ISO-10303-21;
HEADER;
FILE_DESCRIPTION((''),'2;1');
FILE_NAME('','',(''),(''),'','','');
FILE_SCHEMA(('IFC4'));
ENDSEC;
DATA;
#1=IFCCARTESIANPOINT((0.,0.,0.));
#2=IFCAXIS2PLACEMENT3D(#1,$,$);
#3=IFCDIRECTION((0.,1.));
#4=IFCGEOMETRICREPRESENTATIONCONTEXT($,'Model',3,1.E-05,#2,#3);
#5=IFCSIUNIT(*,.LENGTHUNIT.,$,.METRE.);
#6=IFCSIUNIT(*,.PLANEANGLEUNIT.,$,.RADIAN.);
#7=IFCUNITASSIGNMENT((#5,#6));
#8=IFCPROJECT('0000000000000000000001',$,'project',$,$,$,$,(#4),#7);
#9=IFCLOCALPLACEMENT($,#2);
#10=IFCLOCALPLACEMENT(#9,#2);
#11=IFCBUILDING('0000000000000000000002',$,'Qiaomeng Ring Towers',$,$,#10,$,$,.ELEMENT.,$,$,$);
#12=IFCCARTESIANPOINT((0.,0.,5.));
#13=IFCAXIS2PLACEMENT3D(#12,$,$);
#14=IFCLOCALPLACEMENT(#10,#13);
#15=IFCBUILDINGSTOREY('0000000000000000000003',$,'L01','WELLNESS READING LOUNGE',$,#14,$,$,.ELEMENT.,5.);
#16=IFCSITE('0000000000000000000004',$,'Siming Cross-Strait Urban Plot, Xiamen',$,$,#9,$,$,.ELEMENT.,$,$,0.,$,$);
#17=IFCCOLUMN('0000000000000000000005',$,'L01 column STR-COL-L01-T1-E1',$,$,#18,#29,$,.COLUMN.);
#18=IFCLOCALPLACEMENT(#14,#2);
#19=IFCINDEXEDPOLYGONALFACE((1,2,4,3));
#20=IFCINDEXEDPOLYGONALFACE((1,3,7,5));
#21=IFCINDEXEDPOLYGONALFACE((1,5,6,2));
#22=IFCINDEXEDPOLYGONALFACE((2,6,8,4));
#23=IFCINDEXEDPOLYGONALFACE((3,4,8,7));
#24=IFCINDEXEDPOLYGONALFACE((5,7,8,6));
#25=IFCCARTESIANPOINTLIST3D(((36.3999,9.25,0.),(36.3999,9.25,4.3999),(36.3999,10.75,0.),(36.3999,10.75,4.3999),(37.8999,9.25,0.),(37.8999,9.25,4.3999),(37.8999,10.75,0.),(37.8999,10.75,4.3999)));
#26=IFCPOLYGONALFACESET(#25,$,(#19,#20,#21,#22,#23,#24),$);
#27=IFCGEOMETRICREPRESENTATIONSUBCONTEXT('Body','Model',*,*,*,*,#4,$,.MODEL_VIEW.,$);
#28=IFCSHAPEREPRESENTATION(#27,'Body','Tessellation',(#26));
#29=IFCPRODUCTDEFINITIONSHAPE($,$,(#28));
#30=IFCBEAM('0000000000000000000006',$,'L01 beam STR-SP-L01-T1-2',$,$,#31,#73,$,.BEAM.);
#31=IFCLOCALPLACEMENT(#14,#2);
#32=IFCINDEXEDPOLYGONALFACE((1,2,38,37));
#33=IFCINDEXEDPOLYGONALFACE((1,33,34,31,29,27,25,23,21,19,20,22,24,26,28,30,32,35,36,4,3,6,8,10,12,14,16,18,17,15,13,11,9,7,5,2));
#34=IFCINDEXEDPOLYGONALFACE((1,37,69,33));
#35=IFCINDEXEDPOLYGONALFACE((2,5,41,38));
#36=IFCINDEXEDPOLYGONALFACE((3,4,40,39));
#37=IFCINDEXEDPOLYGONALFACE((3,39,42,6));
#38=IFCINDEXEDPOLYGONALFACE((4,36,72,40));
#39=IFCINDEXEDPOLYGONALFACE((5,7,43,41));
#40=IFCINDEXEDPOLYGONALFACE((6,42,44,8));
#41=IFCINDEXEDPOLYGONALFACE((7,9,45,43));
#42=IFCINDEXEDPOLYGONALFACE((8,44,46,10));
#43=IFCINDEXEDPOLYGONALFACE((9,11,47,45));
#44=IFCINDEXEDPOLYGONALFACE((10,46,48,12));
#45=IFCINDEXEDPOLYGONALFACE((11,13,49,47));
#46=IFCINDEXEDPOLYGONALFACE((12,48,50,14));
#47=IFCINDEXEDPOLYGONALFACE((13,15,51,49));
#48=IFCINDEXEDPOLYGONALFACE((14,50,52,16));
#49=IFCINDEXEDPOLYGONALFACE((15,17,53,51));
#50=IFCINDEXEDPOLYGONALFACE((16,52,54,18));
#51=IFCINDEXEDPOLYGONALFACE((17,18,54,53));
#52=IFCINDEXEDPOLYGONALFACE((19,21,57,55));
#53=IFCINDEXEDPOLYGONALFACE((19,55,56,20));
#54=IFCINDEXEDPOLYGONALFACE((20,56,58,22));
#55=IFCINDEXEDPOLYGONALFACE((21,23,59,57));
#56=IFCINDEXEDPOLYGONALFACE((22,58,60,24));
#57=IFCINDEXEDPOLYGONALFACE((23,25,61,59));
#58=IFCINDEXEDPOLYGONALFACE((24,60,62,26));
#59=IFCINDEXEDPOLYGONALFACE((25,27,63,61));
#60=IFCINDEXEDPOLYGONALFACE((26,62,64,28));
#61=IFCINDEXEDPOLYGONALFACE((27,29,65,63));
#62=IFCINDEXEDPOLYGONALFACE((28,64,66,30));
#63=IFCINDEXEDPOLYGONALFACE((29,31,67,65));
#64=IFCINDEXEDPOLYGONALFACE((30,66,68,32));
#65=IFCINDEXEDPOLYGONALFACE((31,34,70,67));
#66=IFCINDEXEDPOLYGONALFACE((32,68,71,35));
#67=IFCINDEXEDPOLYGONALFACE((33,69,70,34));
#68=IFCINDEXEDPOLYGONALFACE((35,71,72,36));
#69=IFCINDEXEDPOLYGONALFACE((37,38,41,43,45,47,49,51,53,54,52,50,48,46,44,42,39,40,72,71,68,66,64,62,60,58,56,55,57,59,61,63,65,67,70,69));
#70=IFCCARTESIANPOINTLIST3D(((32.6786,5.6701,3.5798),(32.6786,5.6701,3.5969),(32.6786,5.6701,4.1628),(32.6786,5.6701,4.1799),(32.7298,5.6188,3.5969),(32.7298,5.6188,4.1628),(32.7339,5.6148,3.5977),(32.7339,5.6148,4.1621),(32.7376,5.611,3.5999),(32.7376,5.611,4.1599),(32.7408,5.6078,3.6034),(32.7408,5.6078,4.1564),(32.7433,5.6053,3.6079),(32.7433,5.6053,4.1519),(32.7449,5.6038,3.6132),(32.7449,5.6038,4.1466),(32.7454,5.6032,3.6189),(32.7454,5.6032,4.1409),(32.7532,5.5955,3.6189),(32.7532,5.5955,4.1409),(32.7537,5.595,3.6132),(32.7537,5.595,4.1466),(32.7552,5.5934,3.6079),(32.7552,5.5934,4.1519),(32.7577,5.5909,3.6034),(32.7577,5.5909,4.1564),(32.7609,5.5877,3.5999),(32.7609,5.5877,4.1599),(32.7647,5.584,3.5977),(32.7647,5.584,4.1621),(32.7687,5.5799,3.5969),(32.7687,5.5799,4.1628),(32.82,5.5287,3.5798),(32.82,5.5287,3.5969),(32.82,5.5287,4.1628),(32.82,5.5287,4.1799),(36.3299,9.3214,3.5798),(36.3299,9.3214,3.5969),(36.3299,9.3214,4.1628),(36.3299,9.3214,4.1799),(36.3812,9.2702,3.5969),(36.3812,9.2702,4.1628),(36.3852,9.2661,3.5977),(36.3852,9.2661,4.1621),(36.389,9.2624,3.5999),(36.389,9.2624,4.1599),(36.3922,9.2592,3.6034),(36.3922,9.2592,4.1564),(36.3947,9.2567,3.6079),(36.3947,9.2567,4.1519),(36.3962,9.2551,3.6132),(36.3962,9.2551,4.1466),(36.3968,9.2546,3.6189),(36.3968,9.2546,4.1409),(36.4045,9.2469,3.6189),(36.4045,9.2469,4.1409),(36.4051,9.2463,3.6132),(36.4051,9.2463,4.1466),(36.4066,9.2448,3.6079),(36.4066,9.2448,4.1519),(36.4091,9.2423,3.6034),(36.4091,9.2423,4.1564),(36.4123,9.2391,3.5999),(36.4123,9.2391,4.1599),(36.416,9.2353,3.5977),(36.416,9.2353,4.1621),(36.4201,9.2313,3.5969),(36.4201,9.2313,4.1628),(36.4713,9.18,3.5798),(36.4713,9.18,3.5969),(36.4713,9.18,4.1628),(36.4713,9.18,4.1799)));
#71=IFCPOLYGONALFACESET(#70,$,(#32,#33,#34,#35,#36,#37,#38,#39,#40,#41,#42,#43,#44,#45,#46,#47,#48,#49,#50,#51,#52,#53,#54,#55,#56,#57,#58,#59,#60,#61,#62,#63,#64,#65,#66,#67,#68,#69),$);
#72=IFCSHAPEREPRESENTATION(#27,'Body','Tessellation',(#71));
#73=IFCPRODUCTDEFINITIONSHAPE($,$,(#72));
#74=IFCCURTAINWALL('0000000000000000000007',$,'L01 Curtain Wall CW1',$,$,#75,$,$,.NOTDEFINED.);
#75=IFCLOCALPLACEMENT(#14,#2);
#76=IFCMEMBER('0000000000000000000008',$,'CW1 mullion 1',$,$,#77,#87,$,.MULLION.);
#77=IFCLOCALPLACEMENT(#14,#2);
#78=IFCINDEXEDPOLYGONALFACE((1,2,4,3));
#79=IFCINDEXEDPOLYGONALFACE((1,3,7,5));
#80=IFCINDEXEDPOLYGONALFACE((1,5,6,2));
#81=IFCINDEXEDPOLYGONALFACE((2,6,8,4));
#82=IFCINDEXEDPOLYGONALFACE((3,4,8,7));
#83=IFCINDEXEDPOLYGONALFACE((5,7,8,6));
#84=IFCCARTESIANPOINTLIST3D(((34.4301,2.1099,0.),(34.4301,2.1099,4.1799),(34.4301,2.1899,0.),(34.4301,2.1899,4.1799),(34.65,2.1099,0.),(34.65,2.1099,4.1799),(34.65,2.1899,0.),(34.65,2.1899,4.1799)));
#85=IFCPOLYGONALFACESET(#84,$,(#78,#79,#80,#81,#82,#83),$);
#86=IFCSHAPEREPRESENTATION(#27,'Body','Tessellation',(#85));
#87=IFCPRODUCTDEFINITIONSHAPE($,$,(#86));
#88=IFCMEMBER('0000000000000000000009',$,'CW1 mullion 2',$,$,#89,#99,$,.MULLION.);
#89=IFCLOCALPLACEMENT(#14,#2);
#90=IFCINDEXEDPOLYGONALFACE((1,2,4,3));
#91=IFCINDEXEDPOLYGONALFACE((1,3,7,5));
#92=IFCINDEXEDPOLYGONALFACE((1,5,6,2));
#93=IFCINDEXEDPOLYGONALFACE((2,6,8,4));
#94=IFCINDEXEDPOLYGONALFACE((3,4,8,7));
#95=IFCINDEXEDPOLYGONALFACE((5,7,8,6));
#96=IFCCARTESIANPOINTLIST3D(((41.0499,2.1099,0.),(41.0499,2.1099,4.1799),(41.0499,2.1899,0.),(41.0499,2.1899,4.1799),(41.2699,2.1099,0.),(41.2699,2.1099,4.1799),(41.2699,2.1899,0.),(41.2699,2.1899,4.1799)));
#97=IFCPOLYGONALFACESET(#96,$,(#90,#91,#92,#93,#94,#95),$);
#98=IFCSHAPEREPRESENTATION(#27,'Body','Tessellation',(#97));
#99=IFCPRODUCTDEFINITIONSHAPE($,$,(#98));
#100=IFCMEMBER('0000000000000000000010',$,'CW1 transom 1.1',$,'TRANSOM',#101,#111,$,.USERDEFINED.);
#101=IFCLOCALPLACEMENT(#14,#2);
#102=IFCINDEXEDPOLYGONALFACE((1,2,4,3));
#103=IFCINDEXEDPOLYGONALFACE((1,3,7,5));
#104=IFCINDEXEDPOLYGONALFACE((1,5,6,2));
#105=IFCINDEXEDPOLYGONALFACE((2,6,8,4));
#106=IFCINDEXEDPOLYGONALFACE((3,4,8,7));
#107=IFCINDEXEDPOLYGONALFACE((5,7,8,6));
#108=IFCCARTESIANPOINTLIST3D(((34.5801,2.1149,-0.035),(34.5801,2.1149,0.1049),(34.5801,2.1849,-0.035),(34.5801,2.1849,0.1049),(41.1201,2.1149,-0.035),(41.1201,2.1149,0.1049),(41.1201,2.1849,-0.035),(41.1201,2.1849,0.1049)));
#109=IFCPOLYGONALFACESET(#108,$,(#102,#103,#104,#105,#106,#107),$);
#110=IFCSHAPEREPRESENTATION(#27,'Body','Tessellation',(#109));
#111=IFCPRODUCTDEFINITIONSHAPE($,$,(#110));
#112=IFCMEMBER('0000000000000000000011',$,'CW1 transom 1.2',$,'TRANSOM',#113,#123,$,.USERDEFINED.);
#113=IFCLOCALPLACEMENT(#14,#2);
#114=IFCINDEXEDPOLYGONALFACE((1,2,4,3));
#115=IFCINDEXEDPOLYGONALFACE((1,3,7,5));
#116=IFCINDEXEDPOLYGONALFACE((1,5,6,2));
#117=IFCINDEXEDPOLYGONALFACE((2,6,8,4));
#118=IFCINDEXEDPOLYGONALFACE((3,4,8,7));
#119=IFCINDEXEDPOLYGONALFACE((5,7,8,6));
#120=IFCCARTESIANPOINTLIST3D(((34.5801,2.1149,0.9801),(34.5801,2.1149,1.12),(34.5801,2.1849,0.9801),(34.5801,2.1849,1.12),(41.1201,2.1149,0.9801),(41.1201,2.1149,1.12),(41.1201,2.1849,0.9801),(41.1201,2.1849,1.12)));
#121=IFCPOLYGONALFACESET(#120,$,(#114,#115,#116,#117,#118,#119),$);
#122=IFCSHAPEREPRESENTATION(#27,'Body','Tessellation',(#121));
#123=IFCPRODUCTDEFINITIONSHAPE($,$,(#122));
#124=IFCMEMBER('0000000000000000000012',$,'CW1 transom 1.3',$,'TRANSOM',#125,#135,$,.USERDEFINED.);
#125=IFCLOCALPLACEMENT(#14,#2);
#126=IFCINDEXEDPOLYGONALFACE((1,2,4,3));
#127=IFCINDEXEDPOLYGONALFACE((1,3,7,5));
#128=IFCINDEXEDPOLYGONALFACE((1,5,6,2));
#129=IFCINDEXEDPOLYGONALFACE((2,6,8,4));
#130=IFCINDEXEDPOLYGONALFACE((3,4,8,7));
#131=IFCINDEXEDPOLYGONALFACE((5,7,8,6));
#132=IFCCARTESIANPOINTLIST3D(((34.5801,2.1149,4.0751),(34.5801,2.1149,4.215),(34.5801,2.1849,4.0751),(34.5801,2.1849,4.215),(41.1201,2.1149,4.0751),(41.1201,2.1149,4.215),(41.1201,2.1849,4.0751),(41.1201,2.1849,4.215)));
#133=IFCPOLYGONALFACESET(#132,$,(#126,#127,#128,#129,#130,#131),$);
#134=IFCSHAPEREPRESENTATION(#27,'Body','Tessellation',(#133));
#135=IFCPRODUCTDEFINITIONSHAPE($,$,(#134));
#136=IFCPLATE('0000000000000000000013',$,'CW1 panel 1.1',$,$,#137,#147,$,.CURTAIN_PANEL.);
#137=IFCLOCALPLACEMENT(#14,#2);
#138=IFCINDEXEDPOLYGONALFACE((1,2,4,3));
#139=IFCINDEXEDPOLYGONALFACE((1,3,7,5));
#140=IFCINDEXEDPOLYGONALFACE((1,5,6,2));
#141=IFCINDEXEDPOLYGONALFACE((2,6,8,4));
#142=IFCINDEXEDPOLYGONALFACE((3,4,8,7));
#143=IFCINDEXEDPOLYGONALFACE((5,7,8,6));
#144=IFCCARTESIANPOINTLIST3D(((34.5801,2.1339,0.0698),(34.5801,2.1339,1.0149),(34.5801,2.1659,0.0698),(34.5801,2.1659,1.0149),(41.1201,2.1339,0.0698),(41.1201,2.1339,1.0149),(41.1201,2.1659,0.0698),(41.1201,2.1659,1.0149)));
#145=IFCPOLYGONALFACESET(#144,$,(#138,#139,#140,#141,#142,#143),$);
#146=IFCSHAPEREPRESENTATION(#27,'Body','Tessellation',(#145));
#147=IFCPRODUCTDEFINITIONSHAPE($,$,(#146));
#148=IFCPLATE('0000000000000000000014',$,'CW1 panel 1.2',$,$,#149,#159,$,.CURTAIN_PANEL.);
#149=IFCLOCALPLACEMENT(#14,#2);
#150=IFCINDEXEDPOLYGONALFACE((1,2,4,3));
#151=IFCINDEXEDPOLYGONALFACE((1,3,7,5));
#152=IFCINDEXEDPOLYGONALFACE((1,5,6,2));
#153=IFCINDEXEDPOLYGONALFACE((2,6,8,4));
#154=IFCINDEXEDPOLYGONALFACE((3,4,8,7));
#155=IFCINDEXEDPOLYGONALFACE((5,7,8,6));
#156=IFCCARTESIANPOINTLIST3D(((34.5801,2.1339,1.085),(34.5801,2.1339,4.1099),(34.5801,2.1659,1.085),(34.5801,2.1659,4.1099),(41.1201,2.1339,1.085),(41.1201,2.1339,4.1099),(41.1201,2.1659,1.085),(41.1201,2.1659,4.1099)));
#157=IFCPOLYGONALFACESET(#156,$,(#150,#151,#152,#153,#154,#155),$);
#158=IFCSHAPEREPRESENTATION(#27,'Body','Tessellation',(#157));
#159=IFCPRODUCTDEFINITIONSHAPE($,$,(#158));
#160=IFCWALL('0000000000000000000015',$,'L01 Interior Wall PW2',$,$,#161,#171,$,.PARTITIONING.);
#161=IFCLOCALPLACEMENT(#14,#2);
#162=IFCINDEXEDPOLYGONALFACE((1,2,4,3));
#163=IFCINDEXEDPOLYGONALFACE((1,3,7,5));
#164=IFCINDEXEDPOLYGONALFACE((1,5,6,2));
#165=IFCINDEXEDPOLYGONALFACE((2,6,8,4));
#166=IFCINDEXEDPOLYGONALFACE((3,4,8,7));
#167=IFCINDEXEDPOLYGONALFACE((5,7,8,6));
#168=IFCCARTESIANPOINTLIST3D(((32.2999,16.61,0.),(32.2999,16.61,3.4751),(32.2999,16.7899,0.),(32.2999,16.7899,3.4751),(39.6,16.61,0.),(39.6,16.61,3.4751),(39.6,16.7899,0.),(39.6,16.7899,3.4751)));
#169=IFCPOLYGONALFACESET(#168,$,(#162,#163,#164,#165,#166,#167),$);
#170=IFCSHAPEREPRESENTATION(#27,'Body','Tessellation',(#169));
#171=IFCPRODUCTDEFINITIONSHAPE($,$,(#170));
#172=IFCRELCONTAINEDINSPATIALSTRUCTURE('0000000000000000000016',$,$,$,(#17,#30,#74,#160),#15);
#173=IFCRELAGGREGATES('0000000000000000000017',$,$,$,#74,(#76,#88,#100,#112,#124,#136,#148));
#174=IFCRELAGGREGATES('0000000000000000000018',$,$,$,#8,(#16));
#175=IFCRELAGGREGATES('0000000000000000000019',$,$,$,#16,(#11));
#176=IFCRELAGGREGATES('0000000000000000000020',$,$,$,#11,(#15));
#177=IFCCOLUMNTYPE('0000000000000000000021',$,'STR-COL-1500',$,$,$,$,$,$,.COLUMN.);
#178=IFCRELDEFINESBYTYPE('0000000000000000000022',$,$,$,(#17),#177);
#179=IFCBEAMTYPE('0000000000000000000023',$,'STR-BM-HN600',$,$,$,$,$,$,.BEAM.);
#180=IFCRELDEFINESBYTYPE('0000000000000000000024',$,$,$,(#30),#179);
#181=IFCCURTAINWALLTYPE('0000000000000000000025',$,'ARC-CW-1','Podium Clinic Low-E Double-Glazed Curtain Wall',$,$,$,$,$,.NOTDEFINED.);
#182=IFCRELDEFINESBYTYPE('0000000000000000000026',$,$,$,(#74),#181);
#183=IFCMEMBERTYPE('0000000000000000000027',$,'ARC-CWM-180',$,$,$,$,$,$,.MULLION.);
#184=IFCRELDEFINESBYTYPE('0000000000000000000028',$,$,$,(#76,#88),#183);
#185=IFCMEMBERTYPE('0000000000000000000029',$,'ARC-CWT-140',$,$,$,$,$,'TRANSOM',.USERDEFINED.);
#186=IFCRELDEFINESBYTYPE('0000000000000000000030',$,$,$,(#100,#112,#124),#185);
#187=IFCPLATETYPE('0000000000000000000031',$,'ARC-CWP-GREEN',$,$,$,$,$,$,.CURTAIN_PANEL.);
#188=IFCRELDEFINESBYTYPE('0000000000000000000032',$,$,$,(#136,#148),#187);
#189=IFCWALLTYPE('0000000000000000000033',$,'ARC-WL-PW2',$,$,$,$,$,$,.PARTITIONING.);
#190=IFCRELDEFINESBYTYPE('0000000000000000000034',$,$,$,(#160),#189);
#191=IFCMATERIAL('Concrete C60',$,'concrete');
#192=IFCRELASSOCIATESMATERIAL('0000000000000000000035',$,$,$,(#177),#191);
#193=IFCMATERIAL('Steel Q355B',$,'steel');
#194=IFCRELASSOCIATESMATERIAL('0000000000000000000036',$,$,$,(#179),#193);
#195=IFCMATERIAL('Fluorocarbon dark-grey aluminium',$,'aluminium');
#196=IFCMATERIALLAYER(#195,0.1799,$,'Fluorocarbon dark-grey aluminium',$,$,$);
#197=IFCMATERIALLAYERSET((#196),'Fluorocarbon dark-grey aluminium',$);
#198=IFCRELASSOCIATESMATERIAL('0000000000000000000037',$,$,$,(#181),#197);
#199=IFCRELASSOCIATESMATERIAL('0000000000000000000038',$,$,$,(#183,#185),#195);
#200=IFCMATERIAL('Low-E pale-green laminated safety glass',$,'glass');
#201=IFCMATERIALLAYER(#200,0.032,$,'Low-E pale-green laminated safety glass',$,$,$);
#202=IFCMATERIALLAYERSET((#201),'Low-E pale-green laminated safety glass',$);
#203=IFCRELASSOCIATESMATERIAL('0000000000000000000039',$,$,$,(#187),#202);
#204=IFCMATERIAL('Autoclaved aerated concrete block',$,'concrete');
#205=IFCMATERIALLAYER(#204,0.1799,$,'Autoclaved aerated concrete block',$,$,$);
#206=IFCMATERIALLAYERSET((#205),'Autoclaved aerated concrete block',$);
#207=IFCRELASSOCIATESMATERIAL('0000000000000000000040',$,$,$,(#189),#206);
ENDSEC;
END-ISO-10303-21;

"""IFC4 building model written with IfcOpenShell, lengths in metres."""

from ifc_helpers import new_model, si_unit, direction, frame, frame_2d, origin, origin_2d, place, context, subcontext, project, spatial, rectangle, i_section, extrude, source, transform, mapped, material, layer, layer_set, material_profile, profile_set, type_object, element, aggregate, save


model = new_model("IFC4")

# Units and contexts
model_context = context("Model", 3, precision=1e-05, world=origin(), true_north=direction((0.0, 1.0)))
body_context = subcontext(model_context, "Body", "Model", "MODEL_VIEW")
ifc_project = project(units=[si_unit("LENGTHUNIT", "METRE"), si_unit("PLANEANGLEUNIT", "RADIAN")], contexts=[model_context])

# Site, building, storey
site_placement = place(None, origin())
site = spatial("IfcSite", under=ifc_project, at=site_placement, Name="Siming Cross-Strait Urban Plot, Xiamen", CompositionType="ELEMENT", RefElevation=0.0)
building_placement = place(site_placement, origin())
building = spatial("IfcBuilding", under=site, at=building_placement, Name="Qiaomeng Ring Towers", CompositionType="ELEMENT")
storey_placement = place(building_placement, frame((0.0, 0.0, 5.0)))
storey = spatial("IfcBuildingStorey", under=building, at=storey_placement, Name="L01", Description="WELLNESS READING LOUNGE", CompositionType="ELEMENT", Elevation=5.0)

# Column
ifc_material_1 = material(Name="Concrete C60", Category="concrete")
ifc_material_profile_1 = material_profile(ifc_material_1, rectangle(XDim=1.5, YDim=1.5, at=origin_2d()), Name="RC COL 1500x1500")
ifc_profile_set_1 = profile_set([ifc_material_profile_1], Name="Concrete C60")
column_type = type_object("IfcColumnType", Name="STR-COL-1500", PredefinedType="COLUMN", material=ifc_profile_set_1)
shared_shape_1 = source(origin(), body_context, "Body", "SweptSolid", [
    extrude(rectangle(XDim=1.5, YDim=1.5, at=origin_2d()), origin(), (0.0, 0.0, 1.0), 4.3999),
])
column_placement = place(storey_placement, frame((37.1499, 10.0, 0.0), z_axis=(0.0, 0.0, 1.0), x_axis=(1.0, 0.0, 0.0)))
element("IfcColumn", 1, at=column_placement, inside=storey, type_object=column_type, Name="L01 column STR-COL-L01-T1-E1", PredefinedType="COLUMN", context=body_context, shape_type="MappedRepresentation", body=[
    mapped(shared_shape_1, transform((0.0, 0.0, 0.0), x_axis=(1.0, 0.0, 0.0), y_axis=(0.0, 1.0, 0.0), z_axis=(0.0, 0.0, 1.0), scale=1.0)),
])

# Beam
ifc_material_2 = material(Name="Steel Q355B", Category="steel")
ifc_material_profile_2 = material_profile(ifc_material_2, i_section(OverallWidth=0.2, OverallDepth=0.6001, WebThickness=0.011, FlangeThickness=0.0171, FilletRadius=0.022, at=origin_2d()), Name="HN 600x200x11x17")
ifc_profile_set_2 = profile_set([ifc_material_profile_2], Name="Steel Q355B")
beam_type = type_object("IfcBeamType", Name="STR-BM-HN600", PredefinedType="BEAM", material=ifc_profile_set_2)
shared_shape_2 = source(origin(), body_context, "Body", "SweptSolid", [
    extrude(i_section(OverallWidth=0.2, OverallDepth=0.6001, WebThickness=0.011, FlangeThickness=0.0171, FilletRadius=0.022, at=origin_2d()), origin(), (0.0, 0.0, 1.0), 5.1638),
])
beam_placement = place(storey_placement, frame((32.7493, 5.5994, 3.8799), z_axis=(0.707107, 0.707107, 0.0), x_axis=(-0.707107, 0.707107, 0.0)))
element("IfcBeam", 2, at=beam_placement, inside=storey, type_object=beam_type, Name="L01 beam STR-SP-L01-T1-2", PredefinedType="BEAM", context=body_context, shape_type="MappedRepresentation", body=[
    mapped(shared_shape_2, transform((0.0, 0.0, 0.0), x_axis=(1.0, 0.0, 0.0), y_axis=(0.0, 1.0, 0.0), z_axis=(0.0, 0.0, 1.0), scale=1.0)),
])

# Curtain wall, members, plates
ifc_material_3 = material(Name="Fluorocarbon dark-grey aluminium", Category="aluminium")
ifc_layer_1 = layer(ifc_material_3, 0.1799, Name="Fluorocarbon dark-grey aluminium")
ifc_layer_set_1 = layer_set([ifc_layer_1], Name="Fluorocarbon dark-grey aluminium")
curtain_wall_type = type_object("IfcCurtainWallType", Name="ARC-CW-1", Description="Podium Clinic Low-E Double-Glazed Curtain Wall", PredefinedType="NOTDEFINED", material=ifc_layer_set_1)
curtain_wall_placement = place(storey_placement, origin())
curtain_wall = element("IfcCurtainWall", 3, at=curtain_wall_placement, inside=storey, type_object=curtain_wall_type, Name="L01 Curtain Wall CW1", PredefinedType="NOTDEFINED")
ifc_material_profile_3 = material_profile(ifc_material_3, rectangle(XDim=0.0801, YDim=0.22, at=origin_2d()), Name="ALU MULL 80x220")
ifc_profile_set_3 = profile_set([ifc_material_profile_3], Name="Fluorocarbon dark-grey aluminium")
member_type_1 = type_object("IfcMemberType", Name="ARC-CWM-180", PredefinedType="MULLION", material=ifc_profile_set_3)
shared_shape_3 = source(origin(), body_context, "Body", "SweptSolid", [
    extrude(rectangle(XDim=0.0801, YDim=0.22, at=origin_2d()), origin(), (0.0, 0.0, 1.0), 4.1799),
])
member_1_placement = place(storey_placement, frame((34.54, 2.1499, 0.0), z_axis=(0.0, 0.0, 1.0), x_axis=(0.0, 1.0, 0.0)))
member_1 = element("IfcMember", 4, at=member_1_placement, type_object=member_type_1, Name="CW1 mullion 1", PredefinedType="MULLION", context=body_context, shape_type="MappedRepresentation", body=[
    mapped(shared_shape_3, transform((0.0, 0.0, 0.0), x_axis=(1.0, 0.0, 0.0), y_axis=(0.0, 1.0, 0.0), z_axis=(0.0, 0.0, 1.0), scale=1.0)),
])
member_2_placement = place(storey_placement, frame((41.1599, 2.1499, 0.0), z_axis=(0.0, 0.0, 1.0), x_axis=(0.0, 1.0, 0.0)))
member_2 = element("IfcMember", 5, at=member_2_placement, type_object=member_type_1, Name="CW1 mullion 2", PredefinedType="MULLION", context=body_context, shape_type="MappedRepresentation", body=[
    mapped(shared_shape_3, transform((0.0, 0.0, 0.0), x_axis=(1.0, 0.0, 0.0), y_axis=(0.0, 1.0, 0.0), z_axis=(0.0, 0.0, 1.0), scale=1.0)),
])
ifc_material_profile_4 = material_profile(ifc_material_3, rectangle(XDim=0.0701, YDim=0.1399, at=origin_2d()), Name="ALU TRAN 70x140")
ifc_profile_set_4 = profile_set([ifc_material_profile_4], Name="Fluorocarbon dark-grey aluminium")
member_type_2 = type_object("IfcMemberType", Name="ARC-CWT-140", ElementType="TRANSOM", PredefinedType="USERDEFINED", material=ifc_profile_set_4)
shared_shape_4 = source(origin(), body_context, "Body", "SweptSolid", [
    extrude(rectangle(XDim=0.0701, YDim=0.1399, at=origin_2d()), origin(), (0.0, 0.0, 1.0), 6.54),
])
member_3_placement = place(storey_placement, frame((34.5801, 2.1499, 0.0349), z_axis=(1.0, 0.0, 0.0), x_axis=(0.0, 1.0, 0.0)))
member_3 = element("IfcMember", 6, at=member_3_placement, type_object=member_type_2, Name="CW1 transom 1.1", ObjectType="TRANSOM", PredefinedType="USERDEFINED", context=body_context, shape_type="MappedRepresentation", body=[
    mapped(shared_shape_4, transform((0.0, 0.0, 0.0), x_axis=(1.0, 0.0, 0.0), y_axis=(0.0, 1.0, 0.0), z_axis=(0.0, 0.0, 1.0), scale=1.0)),
])
member_4_placement = place(storey_placement, frame((34.5801, 2.1499, 1.05), z_axis=(1.0, 0.0, 0.0), x_axis=(0.0, 1.0, 0.0)))
member_4 = element("IfcMember", 7, at=member_4_placement, type_object=member_type_2, Name="CW1 transom 1.2", ObjectType="TRANSOM", PredefinedType="USERDEFINED", context=body_context, shape_type="MappedRepresentation", body=[
    mapped(shared_shape_4, transform((0.0, 0.0, 0.0), x_axis=(1.0, 0.0, 0.0), y_axis=(0.0, 1.0, 0.0), z_axis=(0.0, 0.0, 1.0), scale=1.0)),
])
member_5_placement = place(storey_placement, frame((34.5801, 2.1499, 4.145), z_axis=(1.0, 0.0, 0.0), x_axis=(0.0, 1.0, 0.0)))
member_5 = element("IfcMember", 8, at=member_5_placement, type_object=member_type_2, Name="CW1 transom 1.3", ObjectType="TRANSOM", PredefinedType="USERDEFINED", context=body_context, shape_type="MappedRepresentation", body=[
    mapped(shared_shape_4, transform((0.0, 0.0, 0.0), x_axis=(1.0, 0.0, 0.0), y_axis=(0.0, 1.0, 0.0), z_axis=(0.0, 0.0, 1.0), scale=1.0)),
])
ifc_material_4 = material(Name="Low-E pale-green laminated safety glass", Category="glass")
ifc_layer_2 = layer(ifc_material_4, 0.032, Name="Low-E pale-green laminated safety glass")
ifc_layer_set_2 = layer_set([ifc_layer_2], Name="Low-E pale-green laminated safety glass")
plate_type = type_object("IfcPlateType", Name="ARC-CWP-GREEN", PredefinedType="CURTAIN_PANEL", material=ifc_layer_set_2)
shared_shape_5 = source(origin(), body_context, "Body", "SweptSolid", [
    extrude(rectangle(XDim=6.54, YDim=0.032, at=origin_2d()), origin(), (0.0, 0.0, 1.0), 0.9451),
])
plate_1_placement = place(storey_placement, frame((37.8501, 2.1499, 0.0698), z_axis=(0.0, 0.0, 1.0), x_axis=(1.0, 0.0, 0.0)))
plate_1 = element("IfcPlate", 9, at=plate_1_placement, type_object=plate_type, Name="CW1 panel 1.1", PredefinedType="CURTAIN_PANEL", context=body_context, shape_type="MappedRepresentation", body=[
    mapped(shared_shape_5, transform((0.0, 0.0, 0.0), x_axis=(1.0, 0.0, 0.0), y_axis=(0.0, 1.0, 0.0), z_axis=(0.0, 0.0, 1.0), scale=1.0)),
])
shared_shape_6 = source(origin(), body_context, "Body", "SweptSolid", [
    extrude(rectangle(XDim=6.54, YDim=0.032, at=origin_2d()), origin(), (0.0, 0.0, 1.0), 3.0249),
])
plate_2_placement = place(storey_placement, frame((37.8501, 2.1499, 1.085), z_axis=(0.0, 0.0, 1.0), x_axis=(1.0, 0.0, 0.0)))
plate_2 = element("IfcPlate", 10, at=plate_2_placement, type_object=plate_type, Name="CW1 panel 1.2", PredefinedType="CURTAIN_PANEL", context=body_context, shape_type="MappedRepresentation", body=[
    mapped(shared_shape_6, transform((0.0, 0.0, 0.0), x_axis=(1.0, 0.0, 0.0), y_axis=(0.0, 1.0, 0.0), z_axis=(0.0, 0.0, 1.0), scale=1.0)),
])
aggregate(curtain_wall, [member_1, member_2, member_3, member_4, member_5, plate_1, plate_2])

# Wall
ifc_material_5 = material(Name="Autoclaved aerated concrete block", Category="concrete")
ifc_layer_3 = layer(ifc_material_5, 0.1799, Name="Autoclaved aerated concrete block")
ifc_layer_set_3 = layer_set([ifc_layer_3], Name="Autoclaved aerated concrete block")
wall_type_1 = type_object("IfcWallType", Name="ARC-WL-PW2", PredefinedType="PARTITIONING", material=ifc_layer_set_3)
wall_1_placement = place(storey_placement, frame((32.3, 16.7, 0.0), z_axis=(0.0, 0.0, 1.0), x_axis=(1.0, 0.0, 0.0)))
element("IfcWall", 11, at=wall_1_placement, inside=storey, type_object=wall_type_1, Name="L01 Interior Wall PW2", PredefinedType="PARTITIONING", context=body_context, shape_type="SweptSolid", body=[
    extrude(rectangle(XDim=7.3, YDim=0.1799, at=frame_2d((3.6499, 0.0))), origin(), (0.0, 0.0, 1.0), 3.4751),
])

save(model, "model.ifc")
